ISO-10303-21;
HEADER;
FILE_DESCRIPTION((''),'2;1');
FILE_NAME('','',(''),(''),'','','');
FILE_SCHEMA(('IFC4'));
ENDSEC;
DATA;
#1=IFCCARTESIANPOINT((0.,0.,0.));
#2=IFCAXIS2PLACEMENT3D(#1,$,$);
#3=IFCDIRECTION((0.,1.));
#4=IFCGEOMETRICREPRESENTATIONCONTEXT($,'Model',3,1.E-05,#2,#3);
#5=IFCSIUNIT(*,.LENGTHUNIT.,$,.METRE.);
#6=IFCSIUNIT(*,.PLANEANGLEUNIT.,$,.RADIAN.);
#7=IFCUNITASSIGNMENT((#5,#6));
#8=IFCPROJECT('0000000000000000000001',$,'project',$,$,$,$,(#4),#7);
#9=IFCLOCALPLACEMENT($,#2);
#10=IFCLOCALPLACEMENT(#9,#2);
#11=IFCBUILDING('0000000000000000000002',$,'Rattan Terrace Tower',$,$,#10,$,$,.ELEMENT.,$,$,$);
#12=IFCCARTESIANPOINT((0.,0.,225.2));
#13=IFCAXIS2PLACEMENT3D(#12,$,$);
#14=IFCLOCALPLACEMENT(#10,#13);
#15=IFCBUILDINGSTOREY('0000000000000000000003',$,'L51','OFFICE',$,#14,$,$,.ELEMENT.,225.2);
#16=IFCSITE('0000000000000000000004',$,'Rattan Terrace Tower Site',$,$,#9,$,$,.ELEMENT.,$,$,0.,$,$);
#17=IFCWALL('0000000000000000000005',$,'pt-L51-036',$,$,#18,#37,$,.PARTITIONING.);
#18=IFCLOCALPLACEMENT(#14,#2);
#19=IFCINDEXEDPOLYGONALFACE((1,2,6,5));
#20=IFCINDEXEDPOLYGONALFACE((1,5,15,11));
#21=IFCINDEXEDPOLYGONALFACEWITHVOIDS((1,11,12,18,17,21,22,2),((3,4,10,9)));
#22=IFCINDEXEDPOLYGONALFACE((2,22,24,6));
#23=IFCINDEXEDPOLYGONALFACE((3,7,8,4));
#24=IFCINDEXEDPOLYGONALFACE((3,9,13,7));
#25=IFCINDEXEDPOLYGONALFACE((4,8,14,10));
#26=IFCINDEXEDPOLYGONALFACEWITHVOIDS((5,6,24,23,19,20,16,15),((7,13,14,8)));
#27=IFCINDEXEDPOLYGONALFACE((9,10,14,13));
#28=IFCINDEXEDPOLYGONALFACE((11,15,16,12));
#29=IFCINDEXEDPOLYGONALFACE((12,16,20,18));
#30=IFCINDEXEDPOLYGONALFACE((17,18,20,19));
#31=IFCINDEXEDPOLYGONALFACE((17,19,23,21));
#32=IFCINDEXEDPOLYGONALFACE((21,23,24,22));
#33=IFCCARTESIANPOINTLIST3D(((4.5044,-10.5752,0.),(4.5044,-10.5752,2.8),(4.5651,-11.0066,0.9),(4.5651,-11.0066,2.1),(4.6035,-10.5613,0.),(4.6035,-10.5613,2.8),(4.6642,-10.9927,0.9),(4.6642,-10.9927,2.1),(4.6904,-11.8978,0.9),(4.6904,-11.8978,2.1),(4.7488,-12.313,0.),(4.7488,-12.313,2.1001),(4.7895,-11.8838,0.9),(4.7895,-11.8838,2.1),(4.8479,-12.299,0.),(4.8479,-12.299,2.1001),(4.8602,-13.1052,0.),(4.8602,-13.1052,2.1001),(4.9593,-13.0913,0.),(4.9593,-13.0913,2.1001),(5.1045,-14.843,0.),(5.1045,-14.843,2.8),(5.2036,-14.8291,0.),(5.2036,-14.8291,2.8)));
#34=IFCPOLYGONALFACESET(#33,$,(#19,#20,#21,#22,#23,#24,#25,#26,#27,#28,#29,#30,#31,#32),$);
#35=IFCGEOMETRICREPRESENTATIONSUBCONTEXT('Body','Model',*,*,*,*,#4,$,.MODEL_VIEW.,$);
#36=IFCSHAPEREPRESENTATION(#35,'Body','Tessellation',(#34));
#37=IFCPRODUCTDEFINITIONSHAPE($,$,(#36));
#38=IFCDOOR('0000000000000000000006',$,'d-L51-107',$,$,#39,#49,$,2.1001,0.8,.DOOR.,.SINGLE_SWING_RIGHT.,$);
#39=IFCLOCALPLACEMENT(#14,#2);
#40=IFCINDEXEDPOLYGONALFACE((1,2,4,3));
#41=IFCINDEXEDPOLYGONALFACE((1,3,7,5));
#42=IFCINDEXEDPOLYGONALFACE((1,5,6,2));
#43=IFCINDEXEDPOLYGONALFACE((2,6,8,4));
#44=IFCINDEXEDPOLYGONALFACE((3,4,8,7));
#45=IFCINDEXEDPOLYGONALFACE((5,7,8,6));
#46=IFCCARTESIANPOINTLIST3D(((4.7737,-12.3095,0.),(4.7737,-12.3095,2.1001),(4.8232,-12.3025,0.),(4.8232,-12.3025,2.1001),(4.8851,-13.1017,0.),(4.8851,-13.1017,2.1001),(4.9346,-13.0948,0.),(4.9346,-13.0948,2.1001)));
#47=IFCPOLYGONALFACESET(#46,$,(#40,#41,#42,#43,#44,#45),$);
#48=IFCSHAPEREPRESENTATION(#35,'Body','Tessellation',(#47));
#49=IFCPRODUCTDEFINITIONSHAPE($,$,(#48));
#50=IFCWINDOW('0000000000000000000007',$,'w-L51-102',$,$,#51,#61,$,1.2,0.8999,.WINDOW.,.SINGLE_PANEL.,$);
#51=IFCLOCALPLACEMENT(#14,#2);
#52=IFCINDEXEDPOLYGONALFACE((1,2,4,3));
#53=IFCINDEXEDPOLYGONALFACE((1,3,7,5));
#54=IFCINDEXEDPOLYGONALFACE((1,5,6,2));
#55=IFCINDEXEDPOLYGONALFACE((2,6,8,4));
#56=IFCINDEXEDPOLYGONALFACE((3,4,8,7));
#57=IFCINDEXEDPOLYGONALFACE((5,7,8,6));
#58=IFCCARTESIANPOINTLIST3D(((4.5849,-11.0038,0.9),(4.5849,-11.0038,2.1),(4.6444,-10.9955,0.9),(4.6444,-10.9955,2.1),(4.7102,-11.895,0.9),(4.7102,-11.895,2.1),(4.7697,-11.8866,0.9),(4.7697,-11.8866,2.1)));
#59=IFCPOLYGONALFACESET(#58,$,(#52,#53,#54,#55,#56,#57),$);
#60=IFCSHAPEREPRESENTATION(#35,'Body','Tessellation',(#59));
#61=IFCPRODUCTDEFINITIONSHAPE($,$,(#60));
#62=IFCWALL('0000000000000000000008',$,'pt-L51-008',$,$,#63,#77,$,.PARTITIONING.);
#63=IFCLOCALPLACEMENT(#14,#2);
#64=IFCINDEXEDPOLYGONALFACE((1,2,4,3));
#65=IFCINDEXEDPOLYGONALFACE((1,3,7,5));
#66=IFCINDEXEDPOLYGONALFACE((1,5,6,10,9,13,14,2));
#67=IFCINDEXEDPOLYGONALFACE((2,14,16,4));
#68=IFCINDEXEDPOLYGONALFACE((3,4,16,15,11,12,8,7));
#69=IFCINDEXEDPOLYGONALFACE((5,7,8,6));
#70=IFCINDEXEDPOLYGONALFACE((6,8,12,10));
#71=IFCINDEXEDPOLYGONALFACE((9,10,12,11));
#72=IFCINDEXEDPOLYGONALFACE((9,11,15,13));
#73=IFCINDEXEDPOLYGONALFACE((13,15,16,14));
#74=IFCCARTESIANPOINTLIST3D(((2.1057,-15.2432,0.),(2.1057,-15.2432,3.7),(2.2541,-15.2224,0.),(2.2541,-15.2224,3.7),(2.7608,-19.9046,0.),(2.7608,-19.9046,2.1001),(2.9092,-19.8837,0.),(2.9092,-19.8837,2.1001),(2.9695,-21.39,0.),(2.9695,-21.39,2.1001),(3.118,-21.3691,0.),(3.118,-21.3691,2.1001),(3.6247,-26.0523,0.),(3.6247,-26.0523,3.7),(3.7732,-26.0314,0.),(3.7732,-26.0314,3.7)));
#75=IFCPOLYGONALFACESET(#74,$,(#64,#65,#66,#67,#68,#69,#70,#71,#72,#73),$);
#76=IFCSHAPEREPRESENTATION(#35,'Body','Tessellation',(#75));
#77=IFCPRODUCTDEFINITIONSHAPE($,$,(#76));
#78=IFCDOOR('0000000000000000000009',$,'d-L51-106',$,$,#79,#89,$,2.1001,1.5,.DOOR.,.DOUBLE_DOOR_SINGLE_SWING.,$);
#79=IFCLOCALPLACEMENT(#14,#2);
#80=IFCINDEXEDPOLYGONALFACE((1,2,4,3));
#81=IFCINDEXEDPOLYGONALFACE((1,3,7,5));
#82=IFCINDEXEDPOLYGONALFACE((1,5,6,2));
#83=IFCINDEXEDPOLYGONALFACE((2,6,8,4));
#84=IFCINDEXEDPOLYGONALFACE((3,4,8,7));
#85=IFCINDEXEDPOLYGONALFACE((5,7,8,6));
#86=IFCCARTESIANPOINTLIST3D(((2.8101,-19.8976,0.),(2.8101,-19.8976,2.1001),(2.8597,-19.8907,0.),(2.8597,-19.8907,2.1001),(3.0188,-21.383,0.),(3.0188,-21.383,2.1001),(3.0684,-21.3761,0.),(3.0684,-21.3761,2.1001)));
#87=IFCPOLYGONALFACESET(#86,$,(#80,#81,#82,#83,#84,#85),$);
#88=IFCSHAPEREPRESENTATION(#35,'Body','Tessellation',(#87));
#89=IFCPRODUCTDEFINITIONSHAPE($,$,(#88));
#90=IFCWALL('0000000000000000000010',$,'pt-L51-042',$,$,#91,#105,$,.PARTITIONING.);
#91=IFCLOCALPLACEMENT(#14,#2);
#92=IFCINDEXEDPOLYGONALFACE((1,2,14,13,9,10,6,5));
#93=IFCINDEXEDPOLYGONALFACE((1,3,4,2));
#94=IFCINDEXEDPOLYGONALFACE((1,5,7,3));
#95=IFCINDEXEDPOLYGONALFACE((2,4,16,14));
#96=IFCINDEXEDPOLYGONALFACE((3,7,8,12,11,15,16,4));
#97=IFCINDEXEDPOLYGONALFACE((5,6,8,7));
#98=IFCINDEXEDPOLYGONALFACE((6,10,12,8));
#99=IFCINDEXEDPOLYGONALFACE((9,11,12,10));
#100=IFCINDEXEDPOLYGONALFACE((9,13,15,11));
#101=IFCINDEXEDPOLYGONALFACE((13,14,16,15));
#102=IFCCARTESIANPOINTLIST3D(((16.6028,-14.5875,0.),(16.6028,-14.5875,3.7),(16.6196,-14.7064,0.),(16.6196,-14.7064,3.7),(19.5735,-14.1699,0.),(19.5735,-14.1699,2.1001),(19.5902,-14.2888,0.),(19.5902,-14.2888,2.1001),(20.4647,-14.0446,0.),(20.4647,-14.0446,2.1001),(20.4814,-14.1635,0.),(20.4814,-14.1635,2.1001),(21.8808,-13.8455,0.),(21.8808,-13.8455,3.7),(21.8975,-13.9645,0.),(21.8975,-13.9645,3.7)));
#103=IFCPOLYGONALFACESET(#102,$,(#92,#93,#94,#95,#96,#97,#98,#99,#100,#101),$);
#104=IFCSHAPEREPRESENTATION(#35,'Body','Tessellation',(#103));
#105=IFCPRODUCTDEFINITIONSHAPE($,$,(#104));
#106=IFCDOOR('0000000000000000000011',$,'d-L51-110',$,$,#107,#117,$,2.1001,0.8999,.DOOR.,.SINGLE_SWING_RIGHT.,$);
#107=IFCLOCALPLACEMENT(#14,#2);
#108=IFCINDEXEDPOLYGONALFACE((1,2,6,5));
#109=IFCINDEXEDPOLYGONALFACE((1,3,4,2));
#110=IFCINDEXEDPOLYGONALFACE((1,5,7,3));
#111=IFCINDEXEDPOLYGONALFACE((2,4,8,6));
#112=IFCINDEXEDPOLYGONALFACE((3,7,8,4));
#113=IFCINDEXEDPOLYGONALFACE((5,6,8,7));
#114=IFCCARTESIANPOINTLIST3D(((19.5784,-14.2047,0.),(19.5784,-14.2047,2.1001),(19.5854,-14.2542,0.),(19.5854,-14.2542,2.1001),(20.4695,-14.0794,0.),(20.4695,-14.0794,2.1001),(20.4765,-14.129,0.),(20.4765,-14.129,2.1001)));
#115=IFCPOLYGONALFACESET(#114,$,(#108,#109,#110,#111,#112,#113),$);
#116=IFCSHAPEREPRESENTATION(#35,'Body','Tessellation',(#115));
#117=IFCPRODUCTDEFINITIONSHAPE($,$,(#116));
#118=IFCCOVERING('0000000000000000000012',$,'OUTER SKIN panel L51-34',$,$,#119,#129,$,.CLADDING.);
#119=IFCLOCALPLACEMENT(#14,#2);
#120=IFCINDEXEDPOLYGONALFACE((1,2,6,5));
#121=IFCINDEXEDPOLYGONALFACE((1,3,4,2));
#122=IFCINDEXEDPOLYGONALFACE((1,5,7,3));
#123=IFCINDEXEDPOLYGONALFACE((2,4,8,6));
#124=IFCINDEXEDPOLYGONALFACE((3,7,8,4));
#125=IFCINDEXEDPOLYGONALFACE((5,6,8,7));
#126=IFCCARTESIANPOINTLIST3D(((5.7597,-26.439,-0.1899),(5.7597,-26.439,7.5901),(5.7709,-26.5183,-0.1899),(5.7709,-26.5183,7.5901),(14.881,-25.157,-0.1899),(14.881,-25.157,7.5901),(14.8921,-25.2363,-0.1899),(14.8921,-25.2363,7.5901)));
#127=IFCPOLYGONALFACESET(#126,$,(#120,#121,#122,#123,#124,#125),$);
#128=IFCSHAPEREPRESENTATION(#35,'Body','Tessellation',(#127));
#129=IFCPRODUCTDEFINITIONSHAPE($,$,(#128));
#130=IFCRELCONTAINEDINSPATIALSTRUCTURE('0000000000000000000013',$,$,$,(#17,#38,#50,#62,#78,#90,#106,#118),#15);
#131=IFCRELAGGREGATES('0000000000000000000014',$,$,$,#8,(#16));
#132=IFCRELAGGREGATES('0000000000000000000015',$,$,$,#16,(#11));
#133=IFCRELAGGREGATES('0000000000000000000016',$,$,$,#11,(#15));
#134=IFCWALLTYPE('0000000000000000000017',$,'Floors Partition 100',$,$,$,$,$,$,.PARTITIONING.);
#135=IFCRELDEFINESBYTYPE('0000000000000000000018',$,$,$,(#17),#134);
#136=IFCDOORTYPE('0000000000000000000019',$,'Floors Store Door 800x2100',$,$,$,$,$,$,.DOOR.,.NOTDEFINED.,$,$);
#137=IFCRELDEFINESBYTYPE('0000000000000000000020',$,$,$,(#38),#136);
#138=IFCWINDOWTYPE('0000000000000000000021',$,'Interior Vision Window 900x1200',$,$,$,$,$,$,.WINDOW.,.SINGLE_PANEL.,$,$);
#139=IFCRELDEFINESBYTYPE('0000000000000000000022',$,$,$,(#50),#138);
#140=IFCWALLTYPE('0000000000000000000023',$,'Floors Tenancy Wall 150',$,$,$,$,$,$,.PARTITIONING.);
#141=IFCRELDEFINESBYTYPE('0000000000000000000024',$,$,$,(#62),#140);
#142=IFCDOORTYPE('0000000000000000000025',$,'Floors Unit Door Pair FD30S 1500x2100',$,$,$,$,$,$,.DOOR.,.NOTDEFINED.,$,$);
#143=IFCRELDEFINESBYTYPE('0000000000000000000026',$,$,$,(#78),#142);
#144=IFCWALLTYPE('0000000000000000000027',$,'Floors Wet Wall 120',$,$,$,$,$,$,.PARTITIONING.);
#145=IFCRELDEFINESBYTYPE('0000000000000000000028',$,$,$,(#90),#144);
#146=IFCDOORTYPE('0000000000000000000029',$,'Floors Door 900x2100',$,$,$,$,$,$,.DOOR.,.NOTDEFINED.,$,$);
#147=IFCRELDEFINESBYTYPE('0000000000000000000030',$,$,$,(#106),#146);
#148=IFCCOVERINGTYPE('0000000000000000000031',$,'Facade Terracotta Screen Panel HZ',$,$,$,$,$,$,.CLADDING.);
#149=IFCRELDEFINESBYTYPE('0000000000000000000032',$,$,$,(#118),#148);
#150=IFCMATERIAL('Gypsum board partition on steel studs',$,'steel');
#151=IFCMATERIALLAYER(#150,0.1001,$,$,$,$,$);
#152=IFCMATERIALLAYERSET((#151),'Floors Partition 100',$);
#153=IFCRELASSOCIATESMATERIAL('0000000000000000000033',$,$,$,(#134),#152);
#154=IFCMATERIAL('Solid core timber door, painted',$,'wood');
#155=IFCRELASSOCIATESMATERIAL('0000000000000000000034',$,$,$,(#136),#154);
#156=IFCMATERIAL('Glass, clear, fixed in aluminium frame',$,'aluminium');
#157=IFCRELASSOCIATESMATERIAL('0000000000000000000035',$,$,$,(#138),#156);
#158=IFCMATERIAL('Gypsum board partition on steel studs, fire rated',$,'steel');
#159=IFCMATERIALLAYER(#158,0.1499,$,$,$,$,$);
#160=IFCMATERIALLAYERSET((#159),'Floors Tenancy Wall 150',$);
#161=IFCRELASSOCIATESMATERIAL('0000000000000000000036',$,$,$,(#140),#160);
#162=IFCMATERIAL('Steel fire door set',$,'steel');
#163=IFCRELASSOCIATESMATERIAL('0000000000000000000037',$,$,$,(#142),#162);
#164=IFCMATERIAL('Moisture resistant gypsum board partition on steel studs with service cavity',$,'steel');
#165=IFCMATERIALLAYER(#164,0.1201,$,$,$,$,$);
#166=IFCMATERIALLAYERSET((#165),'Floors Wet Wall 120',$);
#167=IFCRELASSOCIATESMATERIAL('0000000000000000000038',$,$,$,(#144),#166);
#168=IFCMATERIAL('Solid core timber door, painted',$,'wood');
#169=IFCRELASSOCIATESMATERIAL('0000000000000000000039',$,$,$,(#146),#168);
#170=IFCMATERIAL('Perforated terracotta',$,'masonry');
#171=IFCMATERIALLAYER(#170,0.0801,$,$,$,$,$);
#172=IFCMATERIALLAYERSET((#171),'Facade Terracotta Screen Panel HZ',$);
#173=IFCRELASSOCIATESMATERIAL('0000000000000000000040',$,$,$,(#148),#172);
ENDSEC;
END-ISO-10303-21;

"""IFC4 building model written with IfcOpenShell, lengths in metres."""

from ifc_helpers import new_model, si_unit, direction, frame, frame_2d, origin, origin_2d, place, context, subcontext, project, spatial, rectangle, extrude, material, layer, layer_set, type_object, element, fill, save


model = new_model("IFC4")

# Units and contexts
model_context = context("Model", 3, precision=1e-05, world=origin(), true_north=direction((0.0, 1.0)))
body_context = subcontext(model_context, "Body", "Model", "MODEL_VIEW")
ifc_project = project(units=[si_unit("LENGTHUNIT", "METRE"), si_unit("PLANEANGLEUNIT", "RADIAN")], contexts=[model_context])

# Site, building, storey
site_placement = place(None, origin())
site = spatial("IfcSite", under=ifc_project, at=site_placement, Name="Rattan Terrace Tower Site", CompositionType="ELEMENT", RefElevation=0.0)
building_placement = place(site_placement, origin())
building = spatial("IfcBuilding", under=site, at=building_placement, Name="Rattan Terrace Tower", CompositionType="ELEMENT")
storey_placement = place(building_placement, frame((0.0, 0.0, 225.2)))
storey = spatial("IfcBuildingStorey", under=building, at=storey_placement, Name="L51", Description="OFFICE", CompositionType="ELEMENT", Elevation=225.2)

# Shared definitions
ifc_material_1 = material(Name="Gypsum board partition on steel studs", Category="steel")
ifc_layer_1 = layer(ifc_material_1, 0.1001)
ifc_layer_set_1 = layer_set([ifc_layer_1], Name="Floors Partition 100")
wall_type_1 = type_object("IfcWallType", Name="Floors Partition 100", PredefinedType="PARTITIONING", material=ifc_layer_set_1)

# Wall, openings, door, window
wall_1_placement = place(storey_placement, frame((5.1541, -14.8359, 0.0), z_axis=(0.0, 0.0, 1.0), x_axis=(-0.13924, 0.990259, 0.0)))
wall_1 = element("IfcWall", 1, at=wall_1_placement, inside=storey, type_object=wall_type_1, Name="pt-L51-036", PredefinedType="PARTITIONING", context=body_context, shape_type="SweptSolid", body=[
    extrude(rectangle(XDim=4.3098, YDim=0.1001, at=frame_2d((2.1548, 0.0))), origin(), (0.0, 0.0, 1.0), 2.8),
])
opening_1_placement = place(wall_1_placement, frame((1.7549, 0.0, 0.0)))
opening_1 = element("IfcOpeningElement", 2, at=opening_1_placement, cuts=wall_1, PredefinedType="OPENING", context=body_context, shape_type="SweptSolid", body=[
    extrude(rectangle(XDim=0.8, YDim=2.1001, at=frame_2d((0.3999, 1.05))), frame((0.0, 0.0605, 0.0), z_axis=(0.0, -1.0, 0.0), x_axis=(1.0, 0.0, 0.0)), (0.0, 0.0, 1.0), 0.1211),
])
opening_2_placement = place(wall_1_placement, frame((2.9741, 0.0, 0.8999)))
opening_2 = element("IfcOpeningElement", 3, at=opening_2_placement, cuts=wall_1, PredefinedType="OPENING", context=body_context, shape_type="SweptSolid", body=[
    extrude(rectangle(XDim=0.8999, YDim=1.2, at=frame_2d((0.45, 0.6001))), frame((0.0, 0.0605, 0.0), z_axis=(0.0, -1.0, 0.0), x_axis=(1.0, 0.0, 0.0)), (0.0, 0.0, 1.0), 0.1211),
])
ifc_material_2 = material(Name="Solid core timber door, painted", Category="wood")
door_type_1 = type_object("IfcDoorType", Name="Floors Store Door 800x2100", OperationType="NOTDEFINED", PredefinedType="DOOR", material=ifc_material_2)
door_1_placement = place(opening_1_placement, origin())
door_1 = element("IfcDoor", 4, at=door_1_placement, inside=storey, type_object=door_type_1, Name="d-L51-107", OperationType="SINGLE_SWING_RIGHT", OverallHeight=2.1001, OverallWidth=0.8, PredefinedType="DOOR", context=body_context, shape_type="SweptSolid", body=[
    extrude(rectangle(XDim=0.8, YDim=2.1001, at=frame_2d((0.3999, 1.05))), frame((0.0, 0.0249, 0.0), z_axis=(0.0, -1.0, 0.0), x_axis=(1.0, 0.0, 0.0)), (0.0, 0.0, 1.0), 0.05),
])
fill(opening_1, door_1)
ifc_material_3 = material(Name="Glass, clear, fixed in aluminium frame", Category="aluminium")
window_type_1 = type_object("IfcWindowType", Name="Interior Vision Window 900x1200", PartitioningType="SINGLE_PANEL", PredefinedType="WINDOW", material=ifc_material_3)
window_1_placement = place(opening_2_placement, origin())
window_1 = element("IfcWindow", 5, at=window_1_placement, inside=storey, type_object=window_type_1, Name="w-L51-102", OverallHeight=1.2, OverallWidth=0.8999, PartitioningType="SINGLE_PANEL", PredefinedType="WINDOW", context=body_context, shape_type="SweptSolid", body=[
    extrude(rectangle(XDim=0.8999, YDim=1.2, at=frame_2d((0.45, 0.6001))), frame((0.0, 0.03, 0.0), z_axis=(0.0, -1.0, 0.0), x_axis=(1.0, 0.0, 0.0)), (0.0, 0.0, 1.0), 0.0601),
])
fill(opening_2, window_1)

# Walls, openings, doors
ifc_material_4 = material(Name="Gypsum board partition on steel studs, fire rated", Category="steel")
ifc_layer_2 = layer(ifc_material_4, 0.1499)
ifc_layer_set_2 = layer_set([ifc_layer_2], Name="Floors Tenancy Wall 150")
wall_type_2 = type_object("IfcWallType", Name="Floors Tenancy Wall 150", PredefinedType="PARTITIONING", material=ifc_layer_set_2)
wall_2_placement = place(storey_placement, frame((2.1799, -15.2329, 0.0), z_axis=(0.0, 0.0, 1.0), x_axis=(0.139166, -0.990269, 0.0)))
wall_2 = element("IfcWall", 6, at=wall_2_placement, inside=storey, type_object=wall_type_2, Name="pt-L51-008", PredefinedType="PARTITIONING", context=body_context, shape_type="SweptSolid", body=[
    extrude(rectangle(XDim=10.9153, YDim=0.1499, at=frame_2d((5.4575, 0.0))), origin(), (0.0, 0.0, 1.0), 3.7),
])
opening_3_placement = place(wall_2_placement, frame((4.707, 0.0, 0.0)))
opening_3 = element("IfcOpeningElement", 7, at=opening_3_placement, cuts=wall_2, PredefinedType="OPENING", context=body_context, shape_type="SweptSolid", body=[
    extrude(rectangle(XDim=1.5, YDim=2.1001, at=frame_2d((0.75, 1.05))), frame((0.0, 0.0854, 0.0), z_axis=(0.0, -1.0, 0.0), x_axis=(1.0, 0.0, 0.0)), (0.0, 0.0, 1.0), 0.1709),
])
ifc_material_5 = material(Name="Steel fire door set", Category="steel")
door_type_2 = type_object("IfcDoorType", Name="Floors Unit Door Pair FD30S 1500x2100", OperationType="NOTDEFINED", PredefinedType="DOOR", material=ifc_material_5)
door_2_placement = place(opening_3_placement, origin())
door_2 = element("IfcDoor", 8, at=door_2_placement, inside=storey, type_object=door_type_2, Name="d-L51-106", OperationType="DOUBLE_DOOR_SINGLE_SWING", OverallHeight=2.1001, OverallWidth=1.5, PredefinedType="DOOR", context=body_context, shape_type="SweptSolid", body=[
    extrude(rectangle(XDim=1.5, YDim=2.1001, at=frame_2d((0.75, 1.05))), frame((0.0, 0.0249, 0.0), z_axis=(0.0, -1.0, 0.0), x_axis=(1.0, 0.0, 0.0)), (0.0, 0.0, 1.0), 0.05),
])
fill(opening_3, door_2)
ifc_material_6 = material(Name="Moisture resistant gypsum board partition on steel studs with service cavity", Category="steel")
ifc_layer_3 = layer(ifc_material_6, 0.1201)
ifc_layer_set_3 = layer_set([ifc_layer_3], Name="Floors Wet Wall 120")
wall_type_3 = type_object("IfcWallType", Name="Floors Wet Wall 120", PredefinedType="PARTITIONING", material=ifc_layer_set_3)
wall_3_placement = place(storey_placement, frame((16.6111, -14.647, 0.0), z_axis=(0.0, 0.0, 1.0), x_axis=(0.990263, 0.139209, 0.0)))
wall_3 = element("IfcWall", 9, at=wall_3_placement, inside=storey, type_object=wall_type_3, Name="pt-L51-042", PredefinedType="PARTITIONING", context=body_context, shape_type="SweptSolid", body=[
    extrude(rectangle(XDim=5.3298, YDim=0.1201, at=frame_2d((2.665, 0.0))), origin(), (0.0, 0.0, 1.0), 3.7),
])
opening_4_placement = place(wall_3_placement, frame((3.0, 0.0, 0.0)))
opening_4 = element("IfcOpeningElement", 10, at=opening_4_placement, cuts=wall_3, PredefinedType="OPENING", context=body_context, shape_type="SweptSolid", body=[
    extrude(rectangle(XDim=0.8999, YDim=2.1001, at=frame_2d((0.45, 1.05))), frame((0.0, 0.0706, 0.0), z_axis=(0.0, -1.0, 0.0), x_axis=(1.0, 0.0, 0.0)), (0.0, 0.0, 1.0), 0.1411),
])
ifc_material_7 = material(Name="Solid core timber door, painted", Category="wood")
door_type_3 = type_object("IfcDoorType", Name="Floors Door 900x2100", OperationType="NOTDEFINED", PredefinedType="DOOR", material=ifc_material_7)
door_3_placement = place(opening_4_placement, origin())
door_3 = element("IfcDoor", 11, at=door_3_placement, inside=storey, type_object=door_type_3, Name="d-L51-110", OperationType="SINGLE_SWING_RIGHT", OverallHeight=2.1001, OverallWidth=0.8999, PredefinedType="DOOR", context=body_context, shape_type="SweptSolid", body=[
    extrude(rectangle(XDim=0.8999, YDim=2.1001, at=frame_2d((0.45, 1.05))), frame((0.0, 0.0249, 0.0), z_axis=(0.0, -1.0, 0.0), x_axis=(1.0, 0.0, 0.0)), (0.0, 0.0, 1.0), 0.05),
])
fill(opening_4, door_3)

# Covering
ifc_material_8 = material(Name="Perforated terracotta", Category="masonry")
ifc_layer_4 = layer(ifc_material_8, 0.0801)
ifc_layer_set_4 = layer_set([ifc_layer_4], Name="Facade Terracotta Screen Panel HZ")
covering_type = type_object("IfcCoveringType", Name="Facade Terracotta Screen Panel HZ", PredefinedType="CLADDING", material=ifc_layer_set_4)
covering_placement = place(storey_placement, frame((10.3259, -25.8376, -0.1899), z_axis=(0.0, 0.0, 1.0), x_axis=(0.990267, 0.139177, 0.0)))
element("IfcCovering", 12, at=covering_placement, inside=storey, type_object=covering_type, Name="OUTER SKIN panel L51-34", PredefinedType="CLADDING", context=body_context, shape_type="SweptSolid", body=[
    extrude(rectangle(XDim=9.2109, YDim=0.0801, at=origin_2d()), origin(), (0.0, 0.0, 1.0), 7.78),
])

save(model, "model.ifc")
